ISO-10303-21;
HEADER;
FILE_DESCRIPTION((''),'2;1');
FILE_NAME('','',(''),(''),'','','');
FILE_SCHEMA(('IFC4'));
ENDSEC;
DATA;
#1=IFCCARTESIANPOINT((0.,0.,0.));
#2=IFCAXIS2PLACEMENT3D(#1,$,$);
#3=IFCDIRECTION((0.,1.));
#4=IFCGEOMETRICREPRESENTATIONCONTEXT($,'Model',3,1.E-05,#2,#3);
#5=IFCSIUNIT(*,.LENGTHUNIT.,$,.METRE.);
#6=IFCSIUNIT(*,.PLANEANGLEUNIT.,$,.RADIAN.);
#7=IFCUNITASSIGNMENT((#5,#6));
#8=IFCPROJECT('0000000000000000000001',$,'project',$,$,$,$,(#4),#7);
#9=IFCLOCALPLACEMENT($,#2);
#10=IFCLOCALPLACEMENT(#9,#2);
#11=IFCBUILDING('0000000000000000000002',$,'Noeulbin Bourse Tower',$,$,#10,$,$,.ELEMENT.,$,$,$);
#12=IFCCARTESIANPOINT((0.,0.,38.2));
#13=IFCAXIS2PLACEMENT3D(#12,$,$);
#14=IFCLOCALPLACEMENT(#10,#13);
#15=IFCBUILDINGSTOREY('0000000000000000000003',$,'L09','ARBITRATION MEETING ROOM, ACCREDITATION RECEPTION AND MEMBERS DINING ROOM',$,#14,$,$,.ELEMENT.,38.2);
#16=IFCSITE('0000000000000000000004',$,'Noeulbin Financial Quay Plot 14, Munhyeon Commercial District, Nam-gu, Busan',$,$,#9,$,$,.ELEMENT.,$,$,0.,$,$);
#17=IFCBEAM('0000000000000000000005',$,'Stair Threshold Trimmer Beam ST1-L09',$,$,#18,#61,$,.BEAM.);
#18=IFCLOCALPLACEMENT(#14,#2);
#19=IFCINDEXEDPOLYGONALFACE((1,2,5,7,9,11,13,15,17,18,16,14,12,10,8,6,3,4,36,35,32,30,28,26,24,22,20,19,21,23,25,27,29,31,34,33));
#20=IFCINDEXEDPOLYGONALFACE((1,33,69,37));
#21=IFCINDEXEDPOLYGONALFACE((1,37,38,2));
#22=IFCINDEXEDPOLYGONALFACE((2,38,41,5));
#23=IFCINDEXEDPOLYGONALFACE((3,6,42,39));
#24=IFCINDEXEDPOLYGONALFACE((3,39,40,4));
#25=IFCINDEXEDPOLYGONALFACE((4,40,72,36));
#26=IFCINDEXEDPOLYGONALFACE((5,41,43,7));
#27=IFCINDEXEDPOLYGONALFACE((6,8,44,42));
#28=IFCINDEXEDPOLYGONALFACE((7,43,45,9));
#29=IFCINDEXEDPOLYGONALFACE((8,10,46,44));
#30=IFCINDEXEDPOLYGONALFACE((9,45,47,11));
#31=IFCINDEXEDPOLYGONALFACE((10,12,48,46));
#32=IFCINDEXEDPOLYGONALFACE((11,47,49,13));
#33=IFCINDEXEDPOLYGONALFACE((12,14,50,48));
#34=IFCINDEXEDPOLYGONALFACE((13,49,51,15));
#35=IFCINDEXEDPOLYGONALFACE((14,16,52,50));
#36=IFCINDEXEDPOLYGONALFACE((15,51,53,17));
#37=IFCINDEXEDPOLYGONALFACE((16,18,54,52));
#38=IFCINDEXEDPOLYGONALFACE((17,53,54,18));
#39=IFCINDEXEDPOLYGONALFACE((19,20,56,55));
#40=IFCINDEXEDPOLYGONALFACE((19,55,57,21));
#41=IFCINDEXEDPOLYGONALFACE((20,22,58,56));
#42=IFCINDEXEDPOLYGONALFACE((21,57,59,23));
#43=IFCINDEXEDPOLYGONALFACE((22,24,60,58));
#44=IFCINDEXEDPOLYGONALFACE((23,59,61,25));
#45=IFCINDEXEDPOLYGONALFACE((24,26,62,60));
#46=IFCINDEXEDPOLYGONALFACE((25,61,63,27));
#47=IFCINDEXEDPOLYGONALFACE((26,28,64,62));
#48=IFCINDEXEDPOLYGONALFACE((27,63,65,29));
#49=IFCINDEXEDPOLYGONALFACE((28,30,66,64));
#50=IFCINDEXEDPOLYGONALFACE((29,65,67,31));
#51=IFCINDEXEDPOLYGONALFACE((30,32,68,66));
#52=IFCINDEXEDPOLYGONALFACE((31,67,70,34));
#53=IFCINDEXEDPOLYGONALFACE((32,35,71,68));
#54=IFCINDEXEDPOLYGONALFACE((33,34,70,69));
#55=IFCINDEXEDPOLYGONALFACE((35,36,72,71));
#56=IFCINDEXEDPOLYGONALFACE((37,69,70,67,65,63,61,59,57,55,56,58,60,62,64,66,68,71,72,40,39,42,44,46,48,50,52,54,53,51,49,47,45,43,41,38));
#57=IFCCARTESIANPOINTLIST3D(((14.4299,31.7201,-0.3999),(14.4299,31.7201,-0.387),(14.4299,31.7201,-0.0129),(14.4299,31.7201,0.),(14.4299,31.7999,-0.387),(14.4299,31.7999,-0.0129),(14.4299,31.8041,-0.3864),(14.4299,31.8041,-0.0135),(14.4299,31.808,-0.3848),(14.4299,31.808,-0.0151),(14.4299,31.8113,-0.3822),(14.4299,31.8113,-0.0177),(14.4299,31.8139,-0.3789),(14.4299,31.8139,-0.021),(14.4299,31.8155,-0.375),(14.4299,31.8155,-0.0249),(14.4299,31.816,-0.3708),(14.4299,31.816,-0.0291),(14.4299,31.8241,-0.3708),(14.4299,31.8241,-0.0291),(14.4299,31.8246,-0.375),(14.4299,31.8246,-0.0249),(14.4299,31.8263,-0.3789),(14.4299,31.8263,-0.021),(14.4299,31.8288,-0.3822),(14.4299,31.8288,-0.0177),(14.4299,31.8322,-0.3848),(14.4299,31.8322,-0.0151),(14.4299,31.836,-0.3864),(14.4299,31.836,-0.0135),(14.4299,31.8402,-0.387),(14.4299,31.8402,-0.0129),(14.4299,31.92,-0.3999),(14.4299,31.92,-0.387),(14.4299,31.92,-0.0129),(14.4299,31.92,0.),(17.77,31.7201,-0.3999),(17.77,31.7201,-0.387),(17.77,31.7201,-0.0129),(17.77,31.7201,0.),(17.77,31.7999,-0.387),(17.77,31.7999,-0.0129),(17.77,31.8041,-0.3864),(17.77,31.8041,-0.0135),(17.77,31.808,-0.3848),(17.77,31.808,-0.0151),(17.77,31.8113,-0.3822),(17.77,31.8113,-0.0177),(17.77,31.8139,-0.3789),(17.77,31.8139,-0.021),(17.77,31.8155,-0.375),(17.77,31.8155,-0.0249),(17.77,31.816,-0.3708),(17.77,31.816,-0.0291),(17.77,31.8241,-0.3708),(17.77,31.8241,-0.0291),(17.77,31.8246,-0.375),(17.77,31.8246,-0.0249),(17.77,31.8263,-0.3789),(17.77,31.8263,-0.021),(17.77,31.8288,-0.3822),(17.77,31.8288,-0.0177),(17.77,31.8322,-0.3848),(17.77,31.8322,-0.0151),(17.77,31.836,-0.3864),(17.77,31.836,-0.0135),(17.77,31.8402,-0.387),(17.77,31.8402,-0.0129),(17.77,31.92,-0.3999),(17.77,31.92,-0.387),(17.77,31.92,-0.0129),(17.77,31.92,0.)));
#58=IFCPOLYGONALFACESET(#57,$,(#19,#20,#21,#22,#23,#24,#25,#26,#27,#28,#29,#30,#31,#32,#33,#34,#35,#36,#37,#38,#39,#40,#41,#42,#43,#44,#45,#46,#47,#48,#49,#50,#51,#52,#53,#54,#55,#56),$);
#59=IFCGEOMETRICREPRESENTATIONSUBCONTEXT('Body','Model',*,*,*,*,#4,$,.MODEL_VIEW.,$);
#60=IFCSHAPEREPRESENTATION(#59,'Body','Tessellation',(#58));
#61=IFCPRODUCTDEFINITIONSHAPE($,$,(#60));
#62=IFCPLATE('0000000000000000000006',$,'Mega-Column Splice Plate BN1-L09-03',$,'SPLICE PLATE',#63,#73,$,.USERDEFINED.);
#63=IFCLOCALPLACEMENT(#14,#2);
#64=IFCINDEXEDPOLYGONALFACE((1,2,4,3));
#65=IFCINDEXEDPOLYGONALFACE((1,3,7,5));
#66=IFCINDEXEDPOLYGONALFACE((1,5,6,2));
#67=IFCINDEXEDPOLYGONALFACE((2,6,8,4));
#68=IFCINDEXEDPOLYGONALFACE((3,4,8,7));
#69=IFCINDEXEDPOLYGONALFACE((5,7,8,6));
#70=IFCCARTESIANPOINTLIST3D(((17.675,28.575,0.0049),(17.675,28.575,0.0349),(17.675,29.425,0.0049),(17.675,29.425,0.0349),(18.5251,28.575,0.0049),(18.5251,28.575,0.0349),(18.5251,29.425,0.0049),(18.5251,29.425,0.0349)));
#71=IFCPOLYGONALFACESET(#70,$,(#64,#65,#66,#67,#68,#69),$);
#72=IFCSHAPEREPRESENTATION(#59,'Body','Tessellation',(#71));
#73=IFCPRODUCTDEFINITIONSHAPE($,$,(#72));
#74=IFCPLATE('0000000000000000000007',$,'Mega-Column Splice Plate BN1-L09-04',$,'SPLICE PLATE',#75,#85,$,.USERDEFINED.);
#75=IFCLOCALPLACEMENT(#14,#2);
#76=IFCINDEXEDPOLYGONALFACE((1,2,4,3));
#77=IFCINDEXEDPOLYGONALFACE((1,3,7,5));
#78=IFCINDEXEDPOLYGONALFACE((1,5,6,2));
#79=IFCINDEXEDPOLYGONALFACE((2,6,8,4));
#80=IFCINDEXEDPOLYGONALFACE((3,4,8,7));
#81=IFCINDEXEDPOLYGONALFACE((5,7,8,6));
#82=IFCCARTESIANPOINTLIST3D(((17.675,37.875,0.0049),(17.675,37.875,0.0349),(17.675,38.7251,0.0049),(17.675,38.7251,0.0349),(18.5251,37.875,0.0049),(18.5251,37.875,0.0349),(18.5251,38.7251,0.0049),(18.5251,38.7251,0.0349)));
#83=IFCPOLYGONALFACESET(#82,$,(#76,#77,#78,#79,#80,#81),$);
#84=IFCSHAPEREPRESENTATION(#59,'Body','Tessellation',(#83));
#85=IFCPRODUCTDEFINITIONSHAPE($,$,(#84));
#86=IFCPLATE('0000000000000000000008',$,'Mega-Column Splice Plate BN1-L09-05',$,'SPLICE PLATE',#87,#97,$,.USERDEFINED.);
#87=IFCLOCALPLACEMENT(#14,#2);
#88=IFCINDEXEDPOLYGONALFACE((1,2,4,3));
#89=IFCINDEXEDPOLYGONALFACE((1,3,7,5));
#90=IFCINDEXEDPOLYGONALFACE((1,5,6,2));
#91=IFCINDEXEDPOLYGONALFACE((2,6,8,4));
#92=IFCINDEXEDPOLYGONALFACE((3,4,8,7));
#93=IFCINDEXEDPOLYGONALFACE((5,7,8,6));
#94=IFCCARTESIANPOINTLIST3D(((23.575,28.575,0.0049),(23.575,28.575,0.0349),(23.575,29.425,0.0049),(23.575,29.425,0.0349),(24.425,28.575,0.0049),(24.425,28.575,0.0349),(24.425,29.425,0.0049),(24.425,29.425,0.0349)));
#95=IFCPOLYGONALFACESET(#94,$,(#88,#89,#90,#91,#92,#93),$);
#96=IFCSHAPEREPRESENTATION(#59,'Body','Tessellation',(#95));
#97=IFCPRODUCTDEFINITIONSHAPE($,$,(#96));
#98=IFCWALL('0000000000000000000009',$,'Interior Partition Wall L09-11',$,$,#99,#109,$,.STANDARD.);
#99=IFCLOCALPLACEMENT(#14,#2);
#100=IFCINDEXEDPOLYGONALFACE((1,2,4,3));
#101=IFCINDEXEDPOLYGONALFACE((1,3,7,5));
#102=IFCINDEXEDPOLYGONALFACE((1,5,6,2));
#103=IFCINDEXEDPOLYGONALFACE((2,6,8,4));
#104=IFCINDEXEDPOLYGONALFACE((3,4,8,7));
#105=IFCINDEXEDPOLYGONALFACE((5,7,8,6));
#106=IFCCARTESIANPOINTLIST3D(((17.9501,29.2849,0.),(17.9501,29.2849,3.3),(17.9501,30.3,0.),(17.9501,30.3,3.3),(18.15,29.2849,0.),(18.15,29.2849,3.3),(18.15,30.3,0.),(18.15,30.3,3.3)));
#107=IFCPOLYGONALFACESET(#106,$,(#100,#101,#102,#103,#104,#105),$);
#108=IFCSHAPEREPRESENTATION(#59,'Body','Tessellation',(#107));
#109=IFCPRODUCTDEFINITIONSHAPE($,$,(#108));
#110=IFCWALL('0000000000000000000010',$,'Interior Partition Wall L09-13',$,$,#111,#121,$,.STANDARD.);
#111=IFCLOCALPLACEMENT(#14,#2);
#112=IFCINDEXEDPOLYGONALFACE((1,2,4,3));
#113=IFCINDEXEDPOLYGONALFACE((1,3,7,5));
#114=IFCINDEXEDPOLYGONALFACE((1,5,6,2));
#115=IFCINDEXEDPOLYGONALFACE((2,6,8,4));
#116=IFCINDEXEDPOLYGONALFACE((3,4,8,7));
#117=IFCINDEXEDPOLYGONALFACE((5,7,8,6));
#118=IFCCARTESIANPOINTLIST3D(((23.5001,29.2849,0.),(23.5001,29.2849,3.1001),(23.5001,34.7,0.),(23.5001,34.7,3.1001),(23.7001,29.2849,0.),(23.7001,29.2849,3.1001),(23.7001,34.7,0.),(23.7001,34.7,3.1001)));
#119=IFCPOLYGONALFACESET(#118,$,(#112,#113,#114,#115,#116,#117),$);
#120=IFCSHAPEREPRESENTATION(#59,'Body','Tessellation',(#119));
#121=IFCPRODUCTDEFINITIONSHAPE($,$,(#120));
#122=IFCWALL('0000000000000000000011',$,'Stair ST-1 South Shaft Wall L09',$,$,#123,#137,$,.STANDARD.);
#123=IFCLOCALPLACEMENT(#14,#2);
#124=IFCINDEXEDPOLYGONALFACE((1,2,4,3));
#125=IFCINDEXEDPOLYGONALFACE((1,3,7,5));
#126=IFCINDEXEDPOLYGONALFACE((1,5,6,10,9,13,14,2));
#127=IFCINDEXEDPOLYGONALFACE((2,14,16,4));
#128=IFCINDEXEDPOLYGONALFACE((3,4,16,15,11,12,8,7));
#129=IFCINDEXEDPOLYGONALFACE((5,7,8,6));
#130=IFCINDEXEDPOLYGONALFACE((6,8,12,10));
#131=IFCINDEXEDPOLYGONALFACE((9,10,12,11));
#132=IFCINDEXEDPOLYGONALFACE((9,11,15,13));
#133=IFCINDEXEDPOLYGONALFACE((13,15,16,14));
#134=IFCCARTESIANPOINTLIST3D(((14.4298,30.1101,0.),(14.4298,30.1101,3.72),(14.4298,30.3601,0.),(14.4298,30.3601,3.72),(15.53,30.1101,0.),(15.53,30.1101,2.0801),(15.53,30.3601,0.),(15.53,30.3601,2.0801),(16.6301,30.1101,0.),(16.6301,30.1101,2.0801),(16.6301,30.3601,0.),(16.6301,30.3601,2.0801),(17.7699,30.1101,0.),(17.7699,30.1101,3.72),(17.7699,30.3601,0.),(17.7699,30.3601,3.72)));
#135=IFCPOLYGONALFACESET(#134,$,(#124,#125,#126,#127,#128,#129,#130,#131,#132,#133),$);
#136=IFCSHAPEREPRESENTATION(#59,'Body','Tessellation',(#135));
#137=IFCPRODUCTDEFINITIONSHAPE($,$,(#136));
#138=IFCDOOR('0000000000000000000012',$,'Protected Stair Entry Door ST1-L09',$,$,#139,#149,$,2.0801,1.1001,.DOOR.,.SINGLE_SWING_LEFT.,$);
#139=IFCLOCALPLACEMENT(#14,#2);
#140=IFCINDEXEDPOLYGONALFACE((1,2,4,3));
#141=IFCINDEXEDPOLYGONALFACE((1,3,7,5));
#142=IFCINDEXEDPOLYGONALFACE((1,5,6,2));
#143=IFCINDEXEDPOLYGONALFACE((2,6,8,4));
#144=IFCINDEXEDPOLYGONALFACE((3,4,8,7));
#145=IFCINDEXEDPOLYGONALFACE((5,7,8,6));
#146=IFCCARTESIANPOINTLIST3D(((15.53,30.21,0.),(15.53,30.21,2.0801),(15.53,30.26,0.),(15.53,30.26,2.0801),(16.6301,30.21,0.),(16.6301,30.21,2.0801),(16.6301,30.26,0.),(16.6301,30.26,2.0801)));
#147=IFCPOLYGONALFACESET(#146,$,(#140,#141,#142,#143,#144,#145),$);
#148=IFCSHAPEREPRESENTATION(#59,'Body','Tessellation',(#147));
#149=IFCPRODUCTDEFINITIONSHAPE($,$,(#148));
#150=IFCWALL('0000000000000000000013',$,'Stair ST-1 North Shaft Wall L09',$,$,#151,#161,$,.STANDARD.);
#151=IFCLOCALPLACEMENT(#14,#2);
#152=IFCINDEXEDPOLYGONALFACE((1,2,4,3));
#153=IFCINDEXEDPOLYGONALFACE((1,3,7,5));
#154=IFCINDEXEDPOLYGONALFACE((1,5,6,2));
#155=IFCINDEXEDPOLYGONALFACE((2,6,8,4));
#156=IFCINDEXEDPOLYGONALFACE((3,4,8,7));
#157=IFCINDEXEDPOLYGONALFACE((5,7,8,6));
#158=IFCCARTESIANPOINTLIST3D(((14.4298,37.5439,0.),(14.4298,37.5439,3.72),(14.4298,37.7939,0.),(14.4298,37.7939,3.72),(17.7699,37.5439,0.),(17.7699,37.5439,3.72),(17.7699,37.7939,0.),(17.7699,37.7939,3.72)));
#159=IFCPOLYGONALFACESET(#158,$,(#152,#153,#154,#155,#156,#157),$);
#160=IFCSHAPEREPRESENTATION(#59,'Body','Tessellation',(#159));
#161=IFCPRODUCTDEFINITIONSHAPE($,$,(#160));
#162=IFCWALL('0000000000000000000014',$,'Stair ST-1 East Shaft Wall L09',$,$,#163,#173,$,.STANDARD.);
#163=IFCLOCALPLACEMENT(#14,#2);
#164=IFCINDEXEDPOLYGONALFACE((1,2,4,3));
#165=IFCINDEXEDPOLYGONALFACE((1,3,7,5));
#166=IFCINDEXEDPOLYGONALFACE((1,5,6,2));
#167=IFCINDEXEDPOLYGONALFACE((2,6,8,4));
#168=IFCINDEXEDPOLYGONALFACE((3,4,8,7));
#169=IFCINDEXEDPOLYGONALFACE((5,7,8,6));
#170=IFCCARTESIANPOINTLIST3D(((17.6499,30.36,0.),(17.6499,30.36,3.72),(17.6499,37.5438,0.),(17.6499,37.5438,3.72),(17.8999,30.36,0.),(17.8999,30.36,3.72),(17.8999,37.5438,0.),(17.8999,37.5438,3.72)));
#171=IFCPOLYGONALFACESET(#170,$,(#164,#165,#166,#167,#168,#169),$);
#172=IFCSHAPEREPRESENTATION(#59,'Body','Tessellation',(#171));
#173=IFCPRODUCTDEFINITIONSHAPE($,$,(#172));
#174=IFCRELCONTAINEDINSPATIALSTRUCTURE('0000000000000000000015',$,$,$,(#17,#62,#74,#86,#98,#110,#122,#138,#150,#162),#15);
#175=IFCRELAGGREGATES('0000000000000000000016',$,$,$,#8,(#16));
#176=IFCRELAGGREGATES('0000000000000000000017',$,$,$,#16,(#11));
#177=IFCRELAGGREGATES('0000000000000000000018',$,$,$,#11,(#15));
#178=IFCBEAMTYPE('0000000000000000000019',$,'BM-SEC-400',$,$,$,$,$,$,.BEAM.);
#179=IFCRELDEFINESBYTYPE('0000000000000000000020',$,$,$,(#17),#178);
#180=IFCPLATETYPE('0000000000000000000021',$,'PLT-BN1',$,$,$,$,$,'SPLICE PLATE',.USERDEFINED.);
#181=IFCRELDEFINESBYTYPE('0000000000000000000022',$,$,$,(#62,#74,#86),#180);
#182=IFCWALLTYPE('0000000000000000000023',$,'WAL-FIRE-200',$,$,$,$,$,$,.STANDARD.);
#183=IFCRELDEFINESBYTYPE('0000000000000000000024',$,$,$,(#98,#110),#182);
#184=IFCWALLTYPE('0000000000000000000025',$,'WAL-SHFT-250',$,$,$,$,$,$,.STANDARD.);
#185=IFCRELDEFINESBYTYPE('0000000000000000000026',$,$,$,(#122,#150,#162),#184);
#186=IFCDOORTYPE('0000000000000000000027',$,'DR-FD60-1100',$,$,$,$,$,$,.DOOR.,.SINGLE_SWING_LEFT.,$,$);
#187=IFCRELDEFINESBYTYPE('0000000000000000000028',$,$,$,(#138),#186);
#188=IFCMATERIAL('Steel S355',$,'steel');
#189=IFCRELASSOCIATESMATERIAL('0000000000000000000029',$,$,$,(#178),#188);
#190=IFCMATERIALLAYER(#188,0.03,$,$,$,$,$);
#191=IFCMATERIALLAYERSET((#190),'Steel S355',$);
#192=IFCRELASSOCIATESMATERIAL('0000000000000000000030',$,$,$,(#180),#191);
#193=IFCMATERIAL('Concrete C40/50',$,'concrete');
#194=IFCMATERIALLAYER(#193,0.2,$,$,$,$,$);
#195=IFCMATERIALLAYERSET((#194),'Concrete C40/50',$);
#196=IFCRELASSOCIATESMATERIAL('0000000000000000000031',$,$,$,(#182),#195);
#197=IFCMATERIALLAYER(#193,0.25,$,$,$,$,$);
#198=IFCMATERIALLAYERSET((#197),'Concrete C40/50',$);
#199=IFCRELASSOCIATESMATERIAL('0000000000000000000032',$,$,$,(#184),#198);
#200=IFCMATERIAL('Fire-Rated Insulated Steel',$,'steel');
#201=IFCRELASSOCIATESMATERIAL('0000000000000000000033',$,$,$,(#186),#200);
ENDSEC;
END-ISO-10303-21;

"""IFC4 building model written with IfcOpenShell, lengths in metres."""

from ifc_helpers import new_model, si_unit, direction, frame, frame_2d, origin, origin_2d, place, context, subcontext, project, spatial, rectangle, i_section, extrude, material, layer, layer_set, material_profile, profile_set, type_object, element, fill, save


model = new_model("IFC4")

# Units and contexts
model_context = context("Model", 3, precision=1e-05, world=origin(), true_north=direction((0.0, 1.0)))
body_context = subcontext(model_context, "Body", "Model", "MODEL_VIEW")
ifc_project = project(units=[si_unit("LENGTHUNIT", "METRE"), si_unit("PLANEANGLEUNIT", "RADIAN")], contexts=[model_context])

# Site, building, storey
site_placement = place(None, origin())
site = spatial("IfcSite", under=ifc_project, at=site_placement, Name="Noeulbin Financial Quay Plot 14, Munhyeon Commercial District, Nam-gu, Busan", CompositionType="ELEMENT", RefElevation=0.0)
building_placement = place(site_placement, origin())
building = spatial("IfcBuilding", under=site, at=building_placement, Name="Noeulbin Bourse Tower", CompositionType="ELEMENT")
storey_placement = place(building_placement, frame((0.0, 0.0, 38.2)))
storey = spatial("IfcBuildingStorey", under=building, at=storey_placement, Name="L09", Description="ARBITRATION MEETING ROOM, ACCREDITATION RECEPTION AND MEMBERS DINING ROOM", CompositionType="ELEMENT", Elevation=38.2)

# Beam
ifc_material_1 = material(Name="Steel S355", Category="steel")
ifc_material_profile_1 = material_profile(ifc_material_1, i_section(OverallWidth=0.2, OverallDepth=0.3999, WebThickness=0.0081, FlangeThickness=0.0129, FilletRadius=0.0161, at=origin_2d()), Name="H-400x200x8x13", Category="LoadBearing")
ifc_profile_set_1 = profile_set([ifc_material_profile_1], Name="Steel S355")
beam_type = type_object("IfcBeamType", Name="BM-SEC-400", PredefinedType="BEAM", material=ifc_profile_set_1)
beam_placement = place(storey_placement, frame((14.4299, 31.8201, -0.2), z_axis=(1.0, 0.0, 0.0), x_axis=(0.0, 1.0, 0.0)))
element("IfcBeam", 1, at=beam_placement, inside=storey, type_object=beam_type, Name="Stair Threshold Trimmer Beam ST1-L09", PredefinedType="BEAM", context=body_context, shape_type="SweptSolid", body=[
    extrude(i_section(OverallWidth=0.2, OverallDepth=0.3999, WebThickness=0.0081, FlangeThickness=0.0129, FilletRadius=0.0161, at=origin_2d()), origin(), (0.0, 0.0, 1.0), 3.3401),
])

# Plates
ifc_layer_1 = layer(ifc_material_1, 0.03)
ifc_layer_set_1 = layer_set([ifc_layer_1], Name="Steel S355")
plate_type = type_object("IfcPlateType", Name="PLT-BN1", ElementType="SPLICE PLATE", PredefinedType="USERDEFINED", material=ifc_layer_set_1)
for number, where, z_axis, x_axis, name in (
    (2, (18.1001, 29.0, 0.0049), (0.0, 0.0, 1.0), (1.0, 0.0, 0.0), "Mega-Column Splice Plate BN1-L09-03"),
    (3, (18.1001, 38.3, 0.0049), (0.0, 0.0, 1.0), (1.0, 0.0, 0.0), "Mega-Column Splice Plate BN1-L09-04"),
    (4, (24.0, 29.0, 0.0049), (0.0, 0.0, 1.0), (1.0, 0.0, 0.0), "Mega-Column Splice Plate BN1-L09-05"),
):
    element("IfcPlate", number, at=place(storey_placement, frame(where, z_axis=z_axis, x_axis=x_axis)), inside=storey, type_object=plate_type, Name=name, ObjectType="SPLICE PLATE", PredefinedType="USERDEFINED", context=body_context, shape_type="SweptSolid", body=[
        extrude(rectangle(XDim=0.8501, YDim=0.8501, at=origin_2d()), origin(), (0.0, 0.0, 1.0), 0.03),
    ])

# Walls
ifc_material_2 = material(Name="Concrete C40/50", Category="concrete")
ifc_layer_2 = layer(ifc_material_2, 0.2)
ifc_layer_set_2 = layer_set([ifc_layer_2], Name="Concrete C40/50")
wall_type_1 = type_object("IfcWallType", Name="WAL-FIRE-200", PredefinedType="STANDARD", material=ifc_layer_set_2)
wall_1_placement = place(storey_placement, frame((18.05, 29.2849, 0.0), z_axis=(0.0, 0.0, 1.0), x_axis=(0.0, 1.0, 0.0)))
element("IfcWall", 5, at=wall_1_placement, inside=storey, type_object=wall_type_1, Name="Interior Partition Wall L09-11", PredefinedType="STANDARD", context=body_context, shape_type="SweptSolid", body=[
    extrude(rectangle(XDim=1.0151, YDim=0.2, at=frame_2d((0.5076, 0.0))), origin(), (0.0, 0.0, 1.0), 3.3),
])
wall_2_placement = place(storey_placement, frame((23.6001, 29.2849, 0.0), z_axis=(0.0, 0.0, 1.0), x_axis=(0.0, 1.0, 0.0)))
element("IfcWall", 6, at=wall_2_placement, inside=storey, type_object=wall_type_1, Name="Interior Partition Wall L09-13", PredefinedType="STANDARD", context=body_context, shape_type="SweptSolid", body=[
    extrude(rectangle(XDim=5.415, YDim=0.2, at=frame_2d((2.7075, 0.0))), origin(), (0.0, 0.0, 1.0), 3.1001),
])

# Wall, opening, door
ifc_layer_3 = layer(ifc_material_2, 0.25)
ifc_layer_set_3 = layer_set([ifc_layer_3], Name="Concrete C40/50")
wall_type_2 = type_object("IfcWallType", Name="WAL-SHFT-250", PredefinedType="STANDARD", material=ifc_layer_set_3)
wall_3_placement = place(storey_placement, frame((14.4299, 30.2351, 0.0), z_axis=(0.0, 0.0, 1.0), x_axis=(1.0, 0.0, 0.0)))
wall_3 = element("IfcWall", 7, at=wall_3_placement, inside=storey, type_object=wall_type_2, Name="Stair ST-1 South Shaft Wall L09", PredefinedType="STANDARD", context=body_context, shape_type="SweptSolid", body=[
    extrude(rectangle(XDim=3.3401, YDim=0.25, at=frame_2d((1.6699, 0.0))), origin(), (0.0, 0.0, 1.0), 3.72),
])
opening_1_placement = place(wall_3_placement, frame((1.1001, 0.0, 0.0)))
opening_1 = element("IfcOpeningElement", 8, at=opening_1_placement, cuts=wall_3, PredefinedType="OPENING", context=body_context, shape_type="SweptSolid", body=[
    extrude(rectangle(XDim=1.1001, YDim=2.0801, at=frame_2d((0.55, 1.04))), frame((0.0, 0.135, 0.0), z_axis=(0.0, -1.0, 0.0), x_axis=(1.0, 0.0, 0.0)), (0.0, 0.0, 1.0), 0.27),
])
ifc_material_3 = material(Name="Fire-Rated Insulated Steel", Category="steel")
door_type_1 = type_object("IfcDoorType", Name="DR-FD60-1100", OperationType="SINGLE_SWING_LEFT", PredefinedType="DOOR", material=ifc_material_3)
door_1_placement = place(opening_1_placement, origin())
door_1 = element("IfcDoor", 9, at=door_1_placement, inside=storey, type_object=door_type_1, Name="Protected Stair Entry Door ST1-L09", OperationType="SINGLE_SWING_LEFT", OverallHeight=2.0801, OverallWidth=1.1001, PredefinedType="DOOR", context=body_context, shape_type="SweptSolid", body=[
    extrude(rectangle(XDim=1.1001, YDim=2.0801, at=frame_2d((0.55, 1.04))), frame((0.0, 0.0249, 0.0), z_axis=(0.0, -1.0, 0.0), x_axis=(1.0, 0.0, 0.0)), (0.0, 0.0, 1.0), 0.05),
])
fill(opening_1, door_1)

# Walls
wall_4_placement = place(storey_placement, frame((14.4299, 37.6689, 0.0), z_axis=(0.0, 0.0, 1.0), x_axis=(1.0, 0.0, 0.0)))
element("IfcWall", 10, at=wall_4_placement, inside=storey, type_object=wall_type_2, Name="Stair ST-1 North Shaft Wall L09", PredefinedType="STANDARD", context=body_context, shape_type="SweptSolid", body=[
    extrude(rectangle(XDim=3.3401, YDim=0.25, at=frame_2d((1.6699, 0.0))), origin(), (0.0, 0.0, 1.0), 3.72),
])
wall_5_placement = place(storey_placement, frame((17.7749, 30.3601, 0.0), z_axis=(0.0, 0.0, 1.0), x_axis=(0.0, 1.0, 0.0)))
element("IfcWall", 11, at=wall_5_placement, inside=storey, type_object=wall_type_2, Name="Stair ST-1 East Shaft Wall L09", PredefinedType="STANDARD", context=body_context, shape_type="SweptSolid", body=[
    extrude(rectangle(XDim=7.1838, YDim=0.25, at=frame_2d((3.5918, 0.0))), origin(), (0.0, 0.0, 1.0), 3.72),
])

save(model, "model.ifc")
